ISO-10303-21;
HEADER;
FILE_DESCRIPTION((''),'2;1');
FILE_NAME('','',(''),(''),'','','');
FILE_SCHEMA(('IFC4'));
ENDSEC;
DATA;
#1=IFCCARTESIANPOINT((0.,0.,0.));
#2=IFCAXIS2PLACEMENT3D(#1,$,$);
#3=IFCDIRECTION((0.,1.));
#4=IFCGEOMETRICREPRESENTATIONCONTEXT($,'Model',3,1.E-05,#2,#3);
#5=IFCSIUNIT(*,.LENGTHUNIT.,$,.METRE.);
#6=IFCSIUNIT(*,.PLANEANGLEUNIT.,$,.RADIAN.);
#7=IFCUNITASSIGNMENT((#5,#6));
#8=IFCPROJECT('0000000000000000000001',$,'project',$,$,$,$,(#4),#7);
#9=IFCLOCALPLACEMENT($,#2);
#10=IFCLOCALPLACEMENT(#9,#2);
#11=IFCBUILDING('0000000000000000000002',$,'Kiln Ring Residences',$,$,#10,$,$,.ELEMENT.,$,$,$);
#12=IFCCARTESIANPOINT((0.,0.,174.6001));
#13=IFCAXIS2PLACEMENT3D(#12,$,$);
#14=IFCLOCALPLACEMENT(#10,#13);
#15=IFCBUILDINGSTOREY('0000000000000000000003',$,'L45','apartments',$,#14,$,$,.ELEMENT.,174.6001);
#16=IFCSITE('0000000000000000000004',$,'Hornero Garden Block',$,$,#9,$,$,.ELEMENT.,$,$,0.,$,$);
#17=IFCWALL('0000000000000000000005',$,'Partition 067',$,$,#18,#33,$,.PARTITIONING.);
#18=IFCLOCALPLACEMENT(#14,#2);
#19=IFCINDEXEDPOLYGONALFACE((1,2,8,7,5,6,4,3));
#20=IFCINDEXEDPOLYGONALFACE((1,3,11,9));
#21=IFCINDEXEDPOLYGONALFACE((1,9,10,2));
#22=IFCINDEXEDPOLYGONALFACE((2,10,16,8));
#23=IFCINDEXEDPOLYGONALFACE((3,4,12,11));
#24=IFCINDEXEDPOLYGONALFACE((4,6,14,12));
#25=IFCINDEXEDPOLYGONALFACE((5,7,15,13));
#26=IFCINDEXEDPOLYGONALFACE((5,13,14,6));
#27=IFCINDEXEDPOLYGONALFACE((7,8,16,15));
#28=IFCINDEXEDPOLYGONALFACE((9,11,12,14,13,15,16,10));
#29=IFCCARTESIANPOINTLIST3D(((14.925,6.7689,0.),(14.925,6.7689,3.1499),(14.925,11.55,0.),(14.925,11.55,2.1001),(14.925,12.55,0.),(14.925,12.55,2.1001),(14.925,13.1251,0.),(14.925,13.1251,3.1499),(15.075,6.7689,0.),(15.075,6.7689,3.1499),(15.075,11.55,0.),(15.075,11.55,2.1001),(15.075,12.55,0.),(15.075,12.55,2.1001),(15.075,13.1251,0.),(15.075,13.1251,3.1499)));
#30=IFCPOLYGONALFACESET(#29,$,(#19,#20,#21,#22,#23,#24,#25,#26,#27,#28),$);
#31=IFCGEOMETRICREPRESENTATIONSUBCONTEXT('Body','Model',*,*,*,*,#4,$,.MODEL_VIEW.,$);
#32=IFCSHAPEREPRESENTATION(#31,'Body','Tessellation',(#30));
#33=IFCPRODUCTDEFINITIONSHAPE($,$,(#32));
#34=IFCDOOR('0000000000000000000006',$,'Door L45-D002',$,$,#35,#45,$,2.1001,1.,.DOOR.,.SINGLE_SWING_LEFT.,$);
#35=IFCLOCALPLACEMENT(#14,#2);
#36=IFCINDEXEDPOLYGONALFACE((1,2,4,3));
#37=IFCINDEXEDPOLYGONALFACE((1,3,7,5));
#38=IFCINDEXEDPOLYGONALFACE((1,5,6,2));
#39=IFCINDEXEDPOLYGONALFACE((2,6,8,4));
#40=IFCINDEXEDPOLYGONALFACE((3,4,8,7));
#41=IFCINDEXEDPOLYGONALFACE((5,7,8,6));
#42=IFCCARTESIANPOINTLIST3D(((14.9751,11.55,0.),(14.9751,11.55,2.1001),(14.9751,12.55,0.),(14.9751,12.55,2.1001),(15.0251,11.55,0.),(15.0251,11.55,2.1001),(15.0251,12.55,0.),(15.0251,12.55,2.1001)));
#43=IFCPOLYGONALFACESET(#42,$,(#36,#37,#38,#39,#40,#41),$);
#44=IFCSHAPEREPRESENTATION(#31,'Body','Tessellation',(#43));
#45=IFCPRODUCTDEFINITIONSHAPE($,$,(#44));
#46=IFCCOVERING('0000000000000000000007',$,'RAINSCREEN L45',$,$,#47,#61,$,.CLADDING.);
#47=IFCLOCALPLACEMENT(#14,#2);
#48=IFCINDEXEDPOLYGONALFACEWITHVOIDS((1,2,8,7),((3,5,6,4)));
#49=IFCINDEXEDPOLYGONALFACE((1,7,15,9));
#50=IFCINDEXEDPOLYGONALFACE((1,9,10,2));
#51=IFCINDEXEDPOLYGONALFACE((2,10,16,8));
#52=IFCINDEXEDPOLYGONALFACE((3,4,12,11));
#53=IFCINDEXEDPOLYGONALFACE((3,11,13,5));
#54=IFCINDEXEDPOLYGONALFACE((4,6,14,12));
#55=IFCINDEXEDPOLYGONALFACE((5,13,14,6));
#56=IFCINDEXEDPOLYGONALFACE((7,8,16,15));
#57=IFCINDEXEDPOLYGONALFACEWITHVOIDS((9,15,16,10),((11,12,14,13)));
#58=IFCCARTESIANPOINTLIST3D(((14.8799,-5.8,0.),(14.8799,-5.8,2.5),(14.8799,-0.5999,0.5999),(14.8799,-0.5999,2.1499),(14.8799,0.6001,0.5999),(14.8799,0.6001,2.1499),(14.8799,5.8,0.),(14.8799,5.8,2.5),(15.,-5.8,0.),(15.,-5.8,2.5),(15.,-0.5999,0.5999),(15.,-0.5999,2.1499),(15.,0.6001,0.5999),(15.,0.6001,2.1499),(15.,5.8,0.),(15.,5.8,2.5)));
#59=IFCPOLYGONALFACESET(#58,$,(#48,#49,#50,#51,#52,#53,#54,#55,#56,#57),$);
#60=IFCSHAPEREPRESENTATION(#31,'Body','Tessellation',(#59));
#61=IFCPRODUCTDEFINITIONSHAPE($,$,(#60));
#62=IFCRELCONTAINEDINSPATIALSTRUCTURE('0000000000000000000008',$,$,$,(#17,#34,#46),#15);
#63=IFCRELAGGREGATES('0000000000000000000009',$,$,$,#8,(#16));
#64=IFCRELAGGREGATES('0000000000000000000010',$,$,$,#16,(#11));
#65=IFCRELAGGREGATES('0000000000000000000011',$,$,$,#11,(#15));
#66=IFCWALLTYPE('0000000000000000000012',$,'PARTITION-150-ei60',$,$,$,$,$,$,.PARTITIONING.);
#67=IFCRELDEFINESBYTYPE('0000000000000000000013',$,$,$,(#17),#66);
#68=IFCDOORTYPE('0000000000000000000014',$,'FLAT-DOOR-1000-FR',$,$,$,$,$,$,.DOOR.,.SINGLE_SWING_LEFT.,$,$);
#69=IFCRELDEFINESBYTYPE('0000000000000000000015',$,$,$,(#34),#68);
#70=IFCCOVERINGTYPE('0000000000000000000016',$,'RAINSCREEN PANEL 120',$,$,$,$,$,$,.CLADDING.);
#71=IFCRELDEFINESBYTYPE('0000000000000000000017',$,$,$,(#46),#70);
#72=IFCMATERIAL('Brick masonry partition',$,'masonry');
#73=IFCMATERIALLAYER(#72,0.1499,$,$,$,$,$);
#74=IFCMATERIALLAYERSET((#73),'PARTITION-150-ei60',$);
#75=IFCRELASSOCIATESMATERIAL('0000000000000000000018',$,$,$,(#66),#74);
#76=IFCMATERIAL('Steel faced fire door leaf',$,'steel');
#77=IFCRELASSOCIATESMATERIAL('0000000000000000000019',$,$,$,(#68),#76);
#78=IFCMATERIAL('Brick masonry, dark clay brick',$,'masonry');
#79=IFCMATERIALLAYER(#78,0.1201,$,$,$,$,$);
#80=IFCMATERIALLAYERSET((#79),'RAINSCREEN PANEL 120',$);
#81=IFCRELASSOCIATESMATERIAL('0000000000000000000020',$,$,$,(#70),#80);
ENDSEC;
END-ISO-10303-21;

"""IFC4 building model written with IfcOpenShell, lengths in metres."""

from ifc_helpers import new_model, si_unit, direction, frame, frame_2d, origin, place, context, subcontext, project, spatial, polyline, rectangle, outline, extrude, material, layer, layer_set, type_object, element, fill, save


model = new_model("IFC4")

# Units and contexts
model_context = context("Model", 3, precision=1e-05, world=origin(), true_north=direction((0.0, 1.0)))
body_context = subcontext(model_context, "Body", "Model", "MODEL_VIEW")
ifc_project = project(units=[si_unit("LENGTHUNIT", "METRE"), si_unit("PLANEANGLEUNIT", "RADIAN")], contexts=[model_context])

# Site, building, storey
site_placement = place(None, origin())
site = spatial("IfcSite", under=ifc_project, at=site_placement, Name="Hornero Garden Block", CompositionType="ELEMENT", RefElevation=0.0)
building_placement = place(site_placement, origin())
building = spatial("IfcBuilding", under=site, at=building_placement, Name="Kiln Ring Residences", CompositionType="ELEMENT")
storey_placement = place(building_placement, frame((0.0, 0.0, 174.6001)))
storey = spatial("IfcBuildingStorey", under=building, at=storey_placement, Name="L45", Description="apartments", CompositionType="ELEMENT", Elevation=174.6001)

# Shared definitions
ifc_material_1 = material(Name="Brick masonry partition", Category="masonry")
ifc_layer_1 = layer(ifc_material_1, 0.1499)
ifc_layer_set_1 = layer_set([ifc_layer_1], Name="PARTITION-150-ei60")
wall_type_1 = type_object("IfcWallType", Name="PARTITION-150-ei60", PredefinedType="PARTITIONING", material=ifc_layer_set_1)

# Wall, opening, door
wall_1_placement = place(storey_placement, frame((15.0, 6.7688, 0.0), z_axis=(0.0, 0.0, 1.0), x_axis=(0.0, 1.0, 0.0)))
wall_1 = element("IfcWall", 1, at=wall_1_placement, inside=storey, type_object=wall_type_1, Name="Partition 067", PredefinedType="PARTITIONING", context=body_context, shape_type="SweptSolid", body=[
    extrude(rectangle(XDim=6.3562, YDim=0.1499, at=frame_2d((3.1782, 0.0))), origin(), (0.0, 0.0, 1.0), 3.1499),
])
opening_1_placement = place(wall_1_placement, frame((4.7812, 0.0, 0.0)))
opening_1 = element("IfcOpeningElement", 2, at=opening_1_placement, cuts=wall_1, PredefinedType="OPENING", context=body_context, shape_type="SweptSolid", body=[
    extrude(rectangle(XDim=1.0, YDim=2.1001, at=frame_2d((0.5, 1.05))), frame((0.0, 0.085, 0.0), z_axis=(0.0, -1.0, 0.0), x_axis=(1.0, 0.0, 0.0)), (0.0, 0.0, 1.0), 0.1699),
])
ifc_material_2 = material(Name="Steel faced fire door leaf", Category="steel")
door_type_1 = type_object("IfcDoorType", Name="FLAT-DOOR-1000-FR", OperationType="SINGLE_SWING_LEFT", PredefinedType="DOOR", material=ifc_material_2)
door_1_placement = place(opening_1_placement, origin())
door_1 = element("IfcDoor", 3, at=door_1_placement, inside=storey, type_object=door_type_1, Name="Door L45-D002", OperationType="SINGLE_SWING_LEFT", OverallHeight=2.1001, OverallWidth=1.0, PredefinedType="DOOR", context=body_context, shape_type="SweptSolid", body=[
    extrude(rectangle(XDim=1.0, YDim=2.1001, at=frame_2d((0.5, 1.05))), frame((0.0, 0.0249, 0.0), z_axis=(0.0, -1.0, 0.0), x_axis=(1.0, 0.0, 0.0)), (0.0, 0.0, 1.0), 0.05),
])
fill(opening_1, door_1)

# Covering
ifc_material_3 = material(Name="Brick masonry, dark clay brick", Category="masonry")
ifc_layer_2 = layer(ifc_material_3, 0.1201)
ifc_layer_set_2 = layer_set([ifc_layer_2], Name="RAINSCREEN PANEL 120")
covering_type = type_object("IfcCoveringType", Name="RAINSCREEN PANEL 120", PredefinedType="CLADDING", material=ifc_layer_set_2)
covering_placement = place(storey_placement, frame((14.9399, 5.8, 0.0), z_axis=(0.0, 0.0, 1.0), x_axis=(0.0, -1.0, 0.0)))
element("IfcCovering", 4, at=covering_placement, inside=storey, type_object=covering_type, Name="RAINSCREEN L45", PredefinedType="CLADDING", context=body_context, shape_type="SweptSolid", body=[
    extrude(outline(polyline([(0.0, 0.0), (11.6001, 0.0), (11.6001, 2.5), (0.0, 2.5), (0.0, 0.0)]), holes=[polyline([(5.2, 2.1499), (5.2, 0.5999), (6.3999, 0.5999), (6.3999, 2.1499), (5.2, 2.1499)])]), frame((0.0, 0.0601, 0.0), z_axis=(0.0, -1.0, 0.0), x_axis=(1.0, 0.0, 0.0)), (0.0, 0.0, 1.0), 0.1201),
])

save(model, "model.ifc")
